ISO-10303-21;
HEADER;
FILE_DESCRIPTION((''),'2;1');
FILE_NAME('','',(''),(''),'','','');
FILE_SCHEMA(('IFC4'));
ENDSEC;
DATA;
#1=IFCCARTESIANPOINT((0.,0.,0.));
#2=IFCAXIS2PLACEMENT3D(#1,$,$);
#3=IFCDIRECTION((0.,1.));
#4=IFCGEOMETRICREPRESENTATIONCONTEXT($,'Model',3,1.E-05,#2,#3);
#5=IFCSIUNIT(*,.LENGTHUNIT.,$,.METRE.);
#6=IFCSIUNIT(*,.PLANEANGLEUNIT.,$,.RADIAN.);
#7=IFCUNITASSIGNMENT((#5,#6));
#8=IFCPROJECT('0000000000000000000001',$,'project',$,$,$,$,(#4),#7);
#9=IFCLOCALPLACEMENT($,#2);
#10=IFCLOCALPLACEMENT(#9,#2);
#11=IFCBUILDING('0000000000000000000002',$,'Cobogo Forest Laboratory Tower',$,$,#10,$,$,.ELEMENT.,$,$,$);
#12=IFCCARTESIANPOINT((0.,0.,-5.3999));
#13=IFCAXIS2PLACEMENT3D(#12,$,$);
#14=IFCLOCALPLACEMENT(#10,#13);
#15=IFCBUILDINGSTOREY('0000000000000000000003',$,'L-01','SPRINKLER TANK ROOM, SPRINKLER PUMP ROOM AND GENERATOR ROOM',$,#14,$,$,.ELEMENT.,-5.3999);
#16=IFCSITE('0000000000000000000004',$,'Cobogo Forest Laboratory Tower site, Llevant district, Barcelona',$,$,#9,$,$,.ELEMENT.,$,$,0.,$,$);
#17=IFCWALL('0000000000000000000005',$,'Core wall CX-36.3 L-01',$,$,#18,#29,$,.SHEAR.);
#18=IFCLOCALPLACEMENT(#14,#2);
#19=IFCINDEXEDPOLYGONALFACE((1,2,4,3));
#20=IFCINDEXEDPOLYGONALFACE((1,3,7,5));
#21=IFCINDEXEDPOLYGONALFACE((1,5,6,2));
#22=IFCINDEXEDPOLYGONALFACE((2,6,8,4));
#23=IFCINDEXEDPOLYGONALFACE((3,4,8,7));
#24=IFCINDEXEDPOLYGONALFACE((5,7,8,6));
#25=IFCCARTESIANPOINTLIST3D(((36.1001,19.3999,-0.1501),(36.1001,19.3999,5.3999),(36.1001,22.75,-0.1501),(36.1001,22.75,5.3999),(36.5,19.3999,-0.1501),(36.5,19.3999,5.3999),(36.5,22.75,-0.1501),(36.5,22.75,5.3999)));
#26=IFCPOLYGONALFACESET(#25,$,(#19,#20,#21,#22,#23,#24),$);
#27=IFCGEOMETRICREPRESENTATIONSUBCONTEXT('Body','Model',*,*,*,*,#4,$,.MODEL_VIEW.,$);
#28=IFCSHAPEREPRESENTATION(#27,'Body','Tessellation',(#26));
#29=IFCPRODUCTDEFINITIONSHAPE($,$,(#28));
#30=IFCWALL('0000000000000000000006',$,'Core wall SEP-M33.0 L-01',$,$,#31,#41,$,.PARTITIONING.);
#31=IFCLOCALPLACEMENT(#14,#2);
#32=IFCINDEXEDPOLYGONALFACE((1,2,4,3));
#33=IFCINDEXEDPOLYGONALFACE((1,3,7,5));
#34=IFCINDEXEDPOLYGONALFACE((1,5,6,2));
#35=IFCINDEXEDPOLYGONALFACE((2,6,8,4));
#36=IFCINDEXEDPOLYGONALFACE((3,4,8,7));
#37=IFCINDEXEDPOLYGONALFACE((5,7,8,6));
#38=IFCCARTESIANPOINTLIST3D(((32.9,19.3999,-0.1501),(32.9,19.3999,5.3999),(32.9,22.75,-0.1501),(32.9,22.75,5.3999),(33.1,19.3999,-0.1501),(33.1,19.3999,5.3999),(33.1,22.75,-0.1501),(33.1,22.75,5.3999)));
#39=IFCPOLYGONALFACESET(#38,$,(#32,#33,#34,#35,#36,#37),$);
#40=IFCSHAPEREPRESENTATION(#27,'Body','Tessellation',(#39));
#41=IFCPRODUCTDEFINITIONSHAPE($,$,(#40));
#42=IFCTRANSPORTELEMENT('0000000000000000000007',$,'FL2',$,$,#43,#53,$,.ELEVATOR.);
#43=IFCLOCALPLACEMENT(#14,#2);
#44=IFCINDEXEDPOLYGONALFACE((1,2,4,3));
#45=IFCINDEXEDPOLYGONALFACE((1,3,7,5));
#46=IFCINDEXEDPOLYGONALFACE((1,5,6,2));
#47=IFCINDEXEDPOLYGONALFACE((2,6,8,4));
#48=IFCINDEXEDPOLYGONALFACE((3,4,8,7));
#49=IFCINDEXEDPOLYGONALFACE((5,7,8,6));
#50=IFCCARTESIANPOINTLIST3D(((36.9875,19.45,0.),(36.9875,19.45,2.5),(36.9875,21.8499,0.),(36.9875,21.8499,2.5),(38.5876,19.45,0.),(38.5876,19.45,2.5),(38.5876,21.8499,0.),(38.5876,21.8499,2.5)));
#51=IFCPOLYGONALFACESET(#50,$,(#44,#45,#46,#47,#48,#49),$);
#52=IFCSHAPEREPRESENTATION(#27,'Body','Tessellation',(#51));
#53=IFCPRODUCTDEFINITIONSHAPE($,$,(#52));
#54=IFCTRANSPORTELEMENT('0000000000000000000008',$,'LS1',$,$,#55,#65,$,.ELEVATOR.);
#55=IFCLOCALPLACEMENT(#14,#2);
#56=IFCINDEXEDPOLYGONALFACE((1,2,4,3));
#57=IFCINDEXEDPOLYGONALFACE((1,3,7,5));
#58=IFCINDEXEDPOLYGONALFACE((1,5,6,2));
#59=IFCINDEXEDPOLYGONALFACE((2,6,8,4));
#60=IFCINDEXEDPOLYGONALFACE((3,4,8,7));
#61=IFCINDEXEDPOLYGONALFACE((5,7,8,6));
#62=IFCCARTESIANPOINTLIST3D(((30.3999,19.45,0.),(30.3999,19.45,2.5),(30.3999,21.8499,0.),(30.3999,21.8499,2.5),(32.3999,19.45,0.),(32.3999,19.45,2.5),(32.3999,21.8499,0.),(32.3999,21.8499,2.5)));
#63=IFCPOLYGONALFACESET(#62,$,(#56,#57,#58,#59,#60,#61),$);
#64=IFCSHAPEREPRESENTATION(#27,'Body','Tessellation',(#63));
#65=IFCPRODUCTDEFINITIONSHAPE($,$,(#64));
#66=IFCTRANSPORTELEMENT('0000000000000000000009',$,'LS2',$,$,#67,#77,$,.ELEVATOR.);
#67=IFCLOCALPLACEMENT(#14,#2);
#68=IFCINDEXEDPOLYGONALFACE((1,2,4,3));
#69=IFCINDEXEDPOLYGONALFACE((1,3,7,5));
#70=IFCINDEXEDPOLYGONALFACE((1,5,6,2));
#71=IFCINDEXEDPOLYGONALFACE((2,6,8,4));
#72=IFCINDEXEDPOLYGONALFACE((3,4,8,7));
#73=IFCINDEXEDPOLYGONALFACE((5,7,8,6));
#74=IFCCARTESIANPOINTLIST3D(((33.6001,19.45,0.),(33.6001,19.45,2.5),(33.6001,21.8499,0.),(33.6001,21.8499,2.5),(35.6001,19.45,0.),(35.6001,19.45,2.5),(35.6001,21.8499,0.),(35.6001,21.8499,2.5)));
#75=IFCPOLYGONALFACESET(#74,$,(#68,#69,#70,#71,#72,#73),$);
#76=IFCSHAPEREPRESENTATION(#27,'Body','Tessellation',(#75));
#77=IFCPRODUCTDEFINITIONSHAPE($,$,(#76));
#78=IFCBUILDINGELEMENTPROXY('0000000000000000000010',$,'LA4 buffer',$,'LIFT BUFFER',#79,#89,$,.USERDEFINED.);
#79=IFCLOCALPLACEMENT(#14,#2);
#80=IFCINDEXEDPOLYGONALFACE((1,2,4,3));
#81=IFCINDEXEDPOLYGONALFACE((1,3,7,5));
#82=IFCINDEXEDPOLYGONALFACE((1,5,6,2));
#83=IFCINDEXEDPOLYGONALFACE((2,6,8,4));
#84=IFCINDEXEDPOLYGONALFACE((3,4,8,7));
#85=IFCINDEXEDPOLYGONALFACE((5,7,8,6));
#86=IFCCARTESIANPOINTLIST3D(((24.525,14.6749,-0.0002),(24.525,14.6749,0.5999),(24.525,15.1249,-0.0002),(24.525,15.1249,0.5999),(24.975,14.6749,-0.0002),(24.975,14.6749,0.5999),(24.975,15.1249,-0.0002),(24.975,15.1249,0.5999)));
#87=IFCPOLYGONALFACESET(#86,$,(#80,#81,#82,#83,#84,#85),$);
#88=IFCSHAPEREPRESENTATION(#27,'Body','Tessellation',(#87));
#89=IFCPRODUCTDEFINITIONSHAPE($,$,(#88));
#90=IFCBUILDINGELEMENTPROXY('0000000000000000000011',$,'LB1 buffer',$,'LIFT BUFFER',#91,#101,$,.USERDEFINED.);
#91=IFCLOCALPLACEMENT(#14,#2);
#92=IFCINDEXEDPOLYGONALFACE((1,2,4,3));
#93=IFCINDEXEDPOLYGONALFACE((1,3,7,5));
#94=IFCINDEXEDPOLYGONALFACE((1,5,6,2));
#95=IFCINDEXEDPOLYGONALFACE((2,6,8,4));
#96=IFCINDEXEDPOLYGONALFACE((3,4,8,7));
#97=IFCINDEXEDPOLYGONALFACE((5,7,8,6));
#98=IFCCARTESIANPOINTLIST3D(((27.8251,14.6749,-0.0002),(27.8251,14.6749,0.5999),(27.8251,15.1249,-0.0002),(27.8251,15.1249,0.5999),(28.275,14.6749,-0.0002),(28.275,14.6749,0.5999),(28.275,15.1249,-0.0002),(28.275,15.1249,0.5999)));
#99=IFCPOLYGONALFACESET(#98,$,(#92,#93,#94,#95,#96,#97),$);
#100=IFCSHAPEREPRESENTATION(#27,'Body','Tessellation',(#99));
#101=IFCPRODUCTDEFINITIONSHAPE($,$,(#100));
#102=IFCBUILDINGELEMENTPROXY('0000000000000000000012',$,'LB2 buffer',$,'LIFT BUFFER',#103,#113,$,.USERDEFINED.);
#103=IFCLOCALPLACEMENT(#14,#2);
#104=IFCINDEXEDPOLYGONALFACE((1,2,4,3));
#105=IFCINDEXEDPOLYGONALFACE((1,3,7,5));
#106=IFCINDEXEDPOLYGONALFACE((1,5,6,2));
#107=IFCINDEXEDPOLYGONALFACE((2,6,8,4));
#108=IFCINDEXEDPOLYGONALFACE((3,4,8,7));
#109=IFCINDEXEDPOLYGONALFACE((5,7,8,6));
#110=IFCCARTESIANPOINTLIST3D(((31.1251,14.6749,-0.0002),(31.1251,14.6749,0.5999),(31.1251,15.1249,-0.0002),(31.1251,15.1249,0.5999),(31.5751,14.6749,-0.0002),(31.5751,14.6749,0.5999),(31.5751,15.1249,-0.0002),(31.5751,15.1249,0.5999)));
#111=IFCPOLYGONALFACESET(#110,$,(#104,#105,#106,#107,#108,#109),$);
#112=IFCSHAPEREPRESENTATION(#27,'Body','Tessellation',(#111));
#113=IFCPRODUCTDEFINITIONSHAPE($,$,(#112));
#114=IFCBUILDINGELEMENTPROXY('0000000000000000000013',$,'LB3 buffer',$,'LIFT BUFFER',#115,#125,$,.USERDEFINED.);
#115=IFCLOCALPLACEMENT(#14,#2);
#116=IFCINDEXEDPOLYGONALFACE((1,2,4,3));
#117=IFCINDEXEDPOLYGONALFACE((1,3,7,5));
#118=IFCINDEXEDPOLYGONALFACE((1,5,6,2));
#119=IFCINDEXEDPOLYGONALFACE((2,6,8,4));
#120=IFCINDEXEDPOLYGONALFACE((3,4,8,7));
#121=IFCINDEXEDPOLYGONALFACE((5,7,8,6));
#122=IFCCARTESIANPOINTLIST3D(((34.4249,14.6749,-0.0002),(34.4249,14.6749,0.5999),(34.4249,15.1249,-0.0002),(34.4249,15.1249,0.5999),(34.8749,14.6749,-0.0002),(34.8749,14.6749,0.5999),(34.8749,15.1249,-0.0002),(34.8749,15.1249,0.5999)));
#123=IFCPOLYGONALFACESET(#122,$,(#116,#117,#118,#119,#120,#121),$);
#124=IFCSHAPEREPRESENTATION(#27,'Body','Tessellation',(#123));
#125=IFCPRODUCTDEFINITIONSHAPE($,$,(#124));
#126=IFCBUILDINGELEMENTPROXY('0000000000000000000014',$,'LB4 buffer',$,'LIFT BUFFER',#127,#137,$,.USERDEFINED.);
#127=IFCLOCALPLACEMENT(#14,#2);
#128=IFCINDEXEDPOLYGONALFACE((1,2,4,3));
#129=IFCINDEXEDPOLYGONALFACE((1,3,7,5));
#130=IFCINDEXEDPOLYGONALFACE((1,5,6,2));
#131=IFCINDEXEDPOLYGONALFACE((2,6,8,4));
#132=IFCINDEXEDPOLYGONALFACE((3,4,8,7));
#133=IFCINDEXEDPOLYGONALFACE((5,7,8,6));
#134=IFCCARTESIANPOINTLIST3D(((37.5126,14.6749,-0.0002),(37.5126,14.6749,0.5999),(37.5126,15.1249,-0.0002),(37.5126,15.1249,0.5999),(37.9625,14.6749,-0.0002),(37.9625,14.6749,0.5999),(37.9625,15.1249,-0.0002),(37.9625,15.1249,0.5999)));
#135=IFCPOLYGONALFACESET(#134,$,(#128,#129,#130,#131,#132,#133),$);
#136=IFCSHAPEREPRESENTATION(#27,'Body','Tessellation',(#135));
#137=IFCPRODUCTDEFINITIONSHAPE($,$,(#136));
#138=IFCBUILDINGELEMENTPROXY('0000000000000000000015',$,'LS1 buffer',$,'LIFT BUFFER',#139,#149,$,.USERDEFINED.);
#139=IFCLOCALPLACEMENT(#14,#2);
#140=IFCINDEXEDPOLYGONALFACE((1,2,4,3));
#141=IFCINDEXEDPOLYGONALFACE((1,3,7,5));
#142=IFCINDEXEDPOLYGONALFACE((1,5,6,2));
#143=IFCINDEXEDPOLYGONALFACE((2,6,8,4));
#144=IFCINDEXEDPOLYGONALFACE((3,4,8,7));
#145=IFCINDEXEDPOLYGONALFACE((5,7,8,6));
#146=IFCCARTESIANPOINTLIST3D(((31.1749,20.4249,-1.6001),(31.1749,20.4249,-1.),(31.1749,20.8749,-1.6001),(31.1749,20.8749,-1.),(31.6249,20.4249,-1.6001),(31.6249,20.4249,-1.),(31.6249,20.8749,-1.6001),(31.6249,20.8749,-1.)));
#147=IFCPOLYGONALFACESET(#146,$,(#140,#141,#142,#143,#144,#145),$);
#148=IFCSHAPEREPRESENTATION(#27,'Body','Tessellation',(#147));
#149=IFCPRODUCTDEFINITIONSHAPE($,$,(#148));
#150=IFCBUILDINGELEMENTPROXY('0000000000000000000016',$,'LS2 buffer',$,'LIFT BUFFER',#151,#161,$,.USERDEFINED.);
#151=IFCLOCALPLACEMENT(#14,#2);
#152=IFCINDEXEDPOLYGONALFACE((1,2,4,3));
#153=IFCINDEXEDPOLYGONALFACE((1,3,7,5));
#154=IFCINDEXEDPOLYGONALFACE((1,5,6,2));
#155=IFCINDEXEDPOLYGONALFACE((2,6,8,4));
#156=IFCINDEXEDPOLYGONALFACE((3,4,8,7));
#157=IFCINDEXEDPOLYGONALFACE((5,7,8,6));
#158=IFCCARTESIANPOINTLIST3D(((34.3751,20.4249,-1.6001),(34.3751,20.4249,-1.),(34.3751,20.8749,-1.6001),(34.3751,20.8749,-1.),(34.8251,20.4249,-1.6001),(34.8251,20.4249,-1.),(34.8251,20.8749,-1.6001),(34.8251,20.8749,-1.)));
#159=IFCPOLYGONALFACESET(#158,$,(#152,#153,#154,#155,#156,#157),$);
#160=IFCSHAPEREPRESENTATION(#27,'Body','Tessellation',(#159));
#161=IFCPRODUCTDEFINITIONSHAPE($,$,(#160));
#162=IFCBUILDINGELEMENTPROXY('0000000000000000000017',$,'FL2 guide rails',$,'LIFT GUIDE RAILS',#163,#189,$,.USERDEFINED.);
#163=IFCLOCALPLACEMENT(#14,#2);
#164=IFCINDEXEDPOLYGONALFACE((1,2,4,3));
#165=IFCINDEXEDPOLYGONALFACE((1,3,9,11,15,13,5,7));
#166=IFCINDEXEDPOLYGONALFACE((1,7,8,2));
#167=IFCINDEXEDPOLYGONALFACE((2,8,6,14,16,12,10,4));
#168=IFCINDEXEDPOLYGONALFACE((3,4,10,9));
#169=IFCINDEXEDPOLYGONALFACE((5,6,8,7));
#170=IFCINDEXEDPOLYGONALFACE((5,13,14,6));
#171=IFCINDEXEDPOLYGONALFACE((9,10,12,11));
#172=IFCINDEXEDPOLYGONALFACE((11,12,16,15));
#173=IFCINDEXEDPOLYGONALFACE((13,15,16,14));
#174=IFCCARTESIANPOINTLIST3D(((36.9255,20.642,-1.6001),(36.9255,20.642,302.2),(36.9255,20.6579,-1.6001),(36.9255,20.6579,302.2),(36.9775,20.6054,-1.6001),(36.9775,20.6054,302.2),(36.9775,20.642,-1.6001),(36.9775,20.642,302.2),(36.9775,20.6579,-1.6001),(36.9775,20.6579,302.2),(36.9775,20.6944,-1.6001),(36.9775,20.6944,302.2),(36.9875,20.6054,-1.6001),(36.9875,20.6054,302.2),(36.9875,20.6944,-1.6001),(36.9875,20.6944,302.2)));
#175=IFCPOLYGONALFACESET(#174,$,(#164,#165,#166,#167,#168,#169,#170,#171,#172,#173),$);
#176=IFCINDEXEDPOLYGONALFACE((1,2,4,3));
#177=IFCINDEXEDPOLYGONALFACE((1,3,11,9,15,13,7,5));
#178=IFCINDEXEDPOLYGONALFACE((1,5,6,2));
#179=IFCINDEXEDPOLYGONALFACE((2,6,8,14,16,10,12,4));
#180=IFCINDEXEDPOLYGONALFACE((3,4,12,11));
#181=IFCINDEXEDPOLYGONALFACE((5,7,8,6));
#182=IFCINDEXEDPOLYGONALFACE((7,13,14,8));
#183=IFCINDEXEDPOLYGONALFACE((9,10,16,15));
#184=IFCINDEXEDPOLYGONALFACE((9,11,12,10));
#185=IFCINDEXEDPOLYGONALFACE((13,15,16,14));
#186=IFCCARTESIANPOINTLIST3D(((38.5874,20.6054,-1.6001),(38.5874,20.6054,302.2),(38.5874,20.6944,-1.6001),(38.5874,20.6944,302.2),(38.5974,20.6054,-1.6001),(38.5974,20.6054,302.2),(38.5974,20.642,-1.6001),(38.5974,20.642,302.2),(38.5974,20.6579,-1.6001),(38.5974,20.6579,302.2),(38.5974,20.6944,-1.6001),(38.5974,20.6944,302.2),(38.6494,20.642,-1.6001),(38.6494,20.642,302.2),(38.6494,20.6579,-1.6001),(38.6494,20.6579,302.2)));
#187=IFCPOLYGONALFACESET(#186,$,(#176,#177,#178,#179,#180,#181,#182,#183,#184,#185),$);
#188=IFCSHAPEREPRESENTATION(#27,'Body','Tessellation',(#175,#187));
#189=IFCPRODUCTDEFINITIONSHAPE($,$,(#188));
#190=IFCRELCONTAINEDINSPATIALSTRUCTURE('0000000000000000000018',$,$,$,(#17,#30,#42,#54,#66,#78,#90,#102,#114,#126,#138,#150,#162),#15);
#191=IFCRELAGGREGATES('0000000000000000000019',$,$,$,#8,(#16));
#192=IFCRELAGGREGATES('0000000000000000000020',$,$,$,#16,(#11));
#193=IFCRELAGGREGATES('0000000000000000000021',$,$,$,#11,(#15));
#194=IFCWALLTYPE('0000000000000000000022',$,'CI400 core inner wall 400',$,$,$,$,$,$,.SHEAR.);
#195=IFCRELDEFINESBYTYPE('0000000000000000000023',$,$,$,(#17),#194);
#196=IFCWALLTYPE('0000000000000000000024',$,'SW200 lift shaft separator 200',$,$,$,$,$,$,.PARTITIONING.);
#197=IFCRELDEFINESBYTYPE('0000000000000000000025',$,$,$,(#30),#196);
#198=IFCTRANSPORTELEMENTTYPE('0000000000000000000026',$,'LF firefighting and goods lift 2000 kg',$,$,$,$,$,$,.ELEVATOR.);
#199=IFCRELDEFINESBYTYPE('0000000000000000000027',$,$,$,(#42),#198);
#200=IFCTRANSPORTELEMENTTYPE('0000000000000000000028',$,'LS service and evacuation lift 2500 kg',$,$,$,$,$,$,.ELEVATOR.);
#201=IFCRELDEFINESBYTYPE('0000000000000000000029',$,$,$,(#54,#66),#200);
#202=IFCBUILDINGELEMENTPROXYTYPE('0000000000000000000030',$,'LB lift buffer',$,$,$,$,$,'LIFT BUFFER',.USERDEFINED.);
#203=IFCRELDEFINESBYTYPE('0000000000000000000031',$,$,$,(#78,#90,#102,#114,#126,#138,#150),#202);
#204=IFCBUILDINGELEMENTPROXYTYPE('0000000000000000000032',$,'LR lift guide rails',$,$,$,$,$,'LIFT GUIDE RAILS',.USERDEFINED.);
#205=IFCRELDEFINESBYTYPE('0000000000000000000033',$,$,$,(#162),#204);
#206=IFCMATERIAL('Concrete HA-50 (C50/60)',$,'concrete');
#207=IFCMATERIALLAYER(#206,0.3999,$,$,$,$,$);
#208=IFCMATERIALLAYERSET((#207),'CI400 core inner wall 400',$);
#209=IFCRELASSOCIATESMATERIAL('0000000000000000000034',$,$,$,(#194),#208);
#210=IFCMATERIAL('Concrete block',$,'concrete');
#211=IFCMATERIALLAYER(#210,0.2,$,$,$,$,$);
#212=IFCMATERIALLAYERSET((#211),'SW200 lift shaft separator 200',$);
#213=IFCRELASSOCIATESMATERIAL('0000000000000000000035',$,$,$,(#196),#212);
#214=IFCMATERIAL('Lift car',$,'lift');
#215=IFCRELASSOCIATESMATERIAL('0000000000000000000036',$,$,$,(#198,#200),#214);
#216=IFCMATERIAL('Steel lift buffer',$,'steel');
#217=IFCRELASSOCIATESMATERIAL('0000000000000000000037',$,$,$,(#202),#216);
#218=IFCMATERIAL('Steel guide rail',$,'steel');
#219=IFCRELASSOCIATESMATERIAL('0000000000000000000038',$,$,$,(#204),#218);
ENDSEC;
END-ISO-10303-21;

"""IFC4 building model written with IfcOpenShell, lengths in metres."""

from ifc_helpers import new_model, si_unit, direction, frame, frame_2d, origin, origin_2d, place, context, subcontext, project, spatial, rectangle, t_section, extrude, material, layer, layer_set, type_object, element, save


model = new_model("IFC4")

# Units and contexts
model_context = context("Model", 3, precision=1e-05, world=origin(), true_north=direction((0.0, 1.0)))
body_context = subcontext(model_context, "Body", "Model", "MODEL_VIEW")
ifc_project = project(units=[si_unit("LENGTHUNIT", "METRE"), si_unit("PLANEANGLEUNIT", "RADIAN")], contexts=[model_context])

# Site, building, storey
site_placement = place(None, origin())
site = spatial("IfcSite", under=ifc_project, at=site_placement, Name="Cobogo Forest Laboratory Tower site, Llevant district, Barcelona", CompositionType="ELEMENT", RefElevation=0.0)
building_placement = place(site_placement, origin())
building = spatial("IfcBuilding", under=site, at=building_placement, Name="Cobogo Forest Laboratory Tower", CompositionType="ELEMENT")
storey_placement = place(building_placement, frame((0.0, 0.0, -5.3999)))
storey = spatial("IfcBuildingStorey", under=building, at=storey_placement, Name="L-01", Description="SPRINKLER TANK ROOM, SPRINKLER PUMP ROOM AND GENERATOR ROOM", CompositionType="ELEMENT", Elevation=-5.3999)

# Walls
ifc_material_1 = material(Name="Concrete HA-50 (C50/60)", Category="concrete")
ifc_layer_1 = layer(ifc_material_1, 0.3999)
ifc_layer_set_1 = layer_set([ifc_layer_1], Name="CI400 core inner wall 400")
wall_type_1 = type_object("IfcWallType", Name="CI400 core inner wall 400", PredefinedType="SHEAR", material=ifc_layer_set_1)
for number, where, z_axis, x_axis, name in (
    (1, (36.3, 19.3999, -0.1501), (0.0, 0.0, 1.0), (0.0, 1.0, 0.0), "Core wall CX-36.3 L-01"),
):
    element("IfcWall", number, at=place(storey_placement, frame(where, z_axis=z_axis, x_axis=x_axis)), inside=storey, type_object=wall_type_1, Name=name, PredefinedType="SHEAR", context=body_context, shape_type="SweptSolid", body=[
        extrude(rectangle(XDim=3.3501, YDim=0.3999, at=frame_2d((1.675, 0.0))), origin(), (0.0, 0.0, 1.0), 5.55),
    ])
ifc_material_2 = material(Name="Concrete block", Category="concrete")
ifc_layer_2 = layer(ifc_material_2, 0.2)
ifc_layer_set_2 = layer_set([ifc_layer_2], Name="SW200 lift shaft separator 200")
wall_type_2 = type_object("IfcWallType", Name="SW200 lift shaft separator 200", PredefinedType="PARTITIONING", material=ifc_layer_set_2)
wall_placement = place(storey_placement, frame((33.0, 19.3999, -0.1501), z_axis=(0.0, 0.0, 1.0), x_axis=(0.0, 1.0, 0.0)))
element("IfcWall", 2, at=wall_placement, inside=storey, type_object=wall_type_2, Name="Core wall SEP-M33.0 L-01", PredefinedType="PARTITIONING", context=body_context, shape_type="SweptSolid", body=[
    extrude(rectangle(XDim=3.3501, YDim=0.2, at=frame_2d((1.675, 0.0))), origin(), (0.0, 0.0, 1.0), 5.55),
])

# Transport elements
ifc_material_3 = material(Name="Lift car", Category="lift")
transport_element_type_1 = type_object("IfcTransportElementType", Name="LF firefighting and goods lift 2000 kg", PredefinedType="ELEVATOR", material=ifc_material_3)
transport_element_placement = place(storey_placement, frame((37.7876, 20.6499, 0.0), z_axis=(0.0, 0.0, 1.0), x_axis=(1.0, 0.0, 0.0)))
element("IfcTransportElement", 3, at=transport_element_placement, inside=storey, type_object=transport_element_type_1, Name="FL2", PredefinedType="ELEVATOR", context=body_context, shape_type="SweptSolid", body=[
    extrude(rectangle(XDim=1.6001, YDim=2.3999, at=origin_2d()), origin(), (0.0, 0.0, 1.0), 2.5),
])
transport_element_type_2 = type_object("IfcTransportElementType", Name="LS service and evacuation lift 2500 kg", PredefinedType="ELEVATOR", material=ifc_material_3)
for number, where, z_axis, x_axis, name in (
    (4, (31.3999, 20.6499, 0.0), (0.0, 0.0, 1.0), (1.0, 0.0, 0.0), "LS1"),
    (5, (34.6001, 20.6499, 0.0), (0.0, 0.0, 1.0), (1.0, 0.0, 0.0), "LS2"),
):
    element("IfcTransportElement", number, at=place(storey_placement, frame(where, z_axis=z_axis, x_axis=x_axis)), inside=storey, type_object=transport_element_type_2, Name=name, PredefinedType="ELEVATOR", context=body_context, shape_type="SweptSolid", body=[
        extrude(rectangle(XDim=2.0, YDim=2.3999, at=origin_2d()), origin(), (0.0, 0.0, 1.0), 2.5),
    ])

# Building element proxies
ifc_material_4 = material(Name="Steel lift buffer", Category="steel")
building_element_proxy_type_1 = type_object("IfcBuildingElementProxyType", Name="LB lift buffer", ElementType="LIFT BUFFER", PredefinedType="USERDEFINED", material=ifc_material_4)
for number, where, z_axis, x_axis, name in (
    (6, (24.75, 14.8999, -0.0002), (0.0, 0.0, 1.0), (1.0, 0.0, 0.0), "LA4 buffer"),
    (7, (28.05, 14.8999, -0.0002), (0.0, 0.0, 1.0), (1.0, 0.0, 0.0), "LB1 buffer"),
    (8, (31.3501, 14.8999, -0.0002), (0.0, 0.0, 1.0), (1.0, 0.0, 0.0), "LB2 buffer"),
    (9, (34.6499, 14.8999, -0.0002), (0.0, 0.0, 1.0), (1.0, 0.0, 0.0), "LB3 buffer"),
    (10, (37.7375, 14.8999, -0.0002), (0.0, 0.0, 1.0), (1.0, 0.0, 0.0), "LB4 buffer"),
    (11, (31.3999, 20.6499, -1.6001), (0.0, 0.0, 1.0), (1.0, 0.0, 0.0), "LS1 buffer"),
    (12, (34.6001, 20.6499, -1.6001), (0.0, 0.0, 1.0), (1.0, 0.0, 0.0), "LS2 buffer"),
):
    element("IfcBuildingElementProxy", number, at=place(storey_placement, frame(where, z_axis=z_axis, x_axis=x_axis)), inside=storey, type_object=building_element_proxy_type_1, Name=name, ObjectType="LIFT BUFFER", PredefinedType="USERDEFINED", context=body_context, shape_type="SweptSolid", body=[
        extrude(rectangle(XDim=0.45, YDim=0.45, at=origin_2d()), origin(), (0.0, 0.0, 1.0), 0.6001),
    ])
ifc_material_5 = material(Name="Steel guide rail", Category="steel")
building_element_proxy_type_2 = type_object("IfcBuildingElementProxyType", Name="LR lift guide rails", ElementType="LIFT GUIDE RAILS", PredefinedType="USERDEFINED", material=ifc_material_5)
proxy_placement = place(storey_placement, frame((37.7876, 20.6499, 0.0)))
element("IfcBuildingElementProxy", 13, at=proxy_placement, inside=storey, type_object=building_element_proxy_type_2, Name="FL2 guide rails", ObjectType="LIFT GUIDE RAILS", PredefinedType="USERDEFINED", context=body_context, shape_type="SweptSolid", body=[
    extrude(t_section(Depth=0.062, FlangeWidth=0.089, WebThickness=0.0159, FlangeThickness=0.01, at=origin_2d()), frame((-0.8311, 0.0, -1.6001), z_axis=(0.0, 0.0, 1.0), x_axis=(0.0, -1.0, 0.0)), (0.0, 0.0, 1.0), 303.8),
    extrude(t_section(Depth=0.062, FlangeWidth=0.089, WebThickness=0.0159, FlangeThickness=0.01, at=origin_2d()), frame((0.8308, 0.0, -1.6001), z_axis=(0.0, 0.0, 1.0), x_axis=(0.0, 1.0, 0.0)), (0.0, 0.0, 1.0), 303.8),
])

save(model, "model.ifc")
